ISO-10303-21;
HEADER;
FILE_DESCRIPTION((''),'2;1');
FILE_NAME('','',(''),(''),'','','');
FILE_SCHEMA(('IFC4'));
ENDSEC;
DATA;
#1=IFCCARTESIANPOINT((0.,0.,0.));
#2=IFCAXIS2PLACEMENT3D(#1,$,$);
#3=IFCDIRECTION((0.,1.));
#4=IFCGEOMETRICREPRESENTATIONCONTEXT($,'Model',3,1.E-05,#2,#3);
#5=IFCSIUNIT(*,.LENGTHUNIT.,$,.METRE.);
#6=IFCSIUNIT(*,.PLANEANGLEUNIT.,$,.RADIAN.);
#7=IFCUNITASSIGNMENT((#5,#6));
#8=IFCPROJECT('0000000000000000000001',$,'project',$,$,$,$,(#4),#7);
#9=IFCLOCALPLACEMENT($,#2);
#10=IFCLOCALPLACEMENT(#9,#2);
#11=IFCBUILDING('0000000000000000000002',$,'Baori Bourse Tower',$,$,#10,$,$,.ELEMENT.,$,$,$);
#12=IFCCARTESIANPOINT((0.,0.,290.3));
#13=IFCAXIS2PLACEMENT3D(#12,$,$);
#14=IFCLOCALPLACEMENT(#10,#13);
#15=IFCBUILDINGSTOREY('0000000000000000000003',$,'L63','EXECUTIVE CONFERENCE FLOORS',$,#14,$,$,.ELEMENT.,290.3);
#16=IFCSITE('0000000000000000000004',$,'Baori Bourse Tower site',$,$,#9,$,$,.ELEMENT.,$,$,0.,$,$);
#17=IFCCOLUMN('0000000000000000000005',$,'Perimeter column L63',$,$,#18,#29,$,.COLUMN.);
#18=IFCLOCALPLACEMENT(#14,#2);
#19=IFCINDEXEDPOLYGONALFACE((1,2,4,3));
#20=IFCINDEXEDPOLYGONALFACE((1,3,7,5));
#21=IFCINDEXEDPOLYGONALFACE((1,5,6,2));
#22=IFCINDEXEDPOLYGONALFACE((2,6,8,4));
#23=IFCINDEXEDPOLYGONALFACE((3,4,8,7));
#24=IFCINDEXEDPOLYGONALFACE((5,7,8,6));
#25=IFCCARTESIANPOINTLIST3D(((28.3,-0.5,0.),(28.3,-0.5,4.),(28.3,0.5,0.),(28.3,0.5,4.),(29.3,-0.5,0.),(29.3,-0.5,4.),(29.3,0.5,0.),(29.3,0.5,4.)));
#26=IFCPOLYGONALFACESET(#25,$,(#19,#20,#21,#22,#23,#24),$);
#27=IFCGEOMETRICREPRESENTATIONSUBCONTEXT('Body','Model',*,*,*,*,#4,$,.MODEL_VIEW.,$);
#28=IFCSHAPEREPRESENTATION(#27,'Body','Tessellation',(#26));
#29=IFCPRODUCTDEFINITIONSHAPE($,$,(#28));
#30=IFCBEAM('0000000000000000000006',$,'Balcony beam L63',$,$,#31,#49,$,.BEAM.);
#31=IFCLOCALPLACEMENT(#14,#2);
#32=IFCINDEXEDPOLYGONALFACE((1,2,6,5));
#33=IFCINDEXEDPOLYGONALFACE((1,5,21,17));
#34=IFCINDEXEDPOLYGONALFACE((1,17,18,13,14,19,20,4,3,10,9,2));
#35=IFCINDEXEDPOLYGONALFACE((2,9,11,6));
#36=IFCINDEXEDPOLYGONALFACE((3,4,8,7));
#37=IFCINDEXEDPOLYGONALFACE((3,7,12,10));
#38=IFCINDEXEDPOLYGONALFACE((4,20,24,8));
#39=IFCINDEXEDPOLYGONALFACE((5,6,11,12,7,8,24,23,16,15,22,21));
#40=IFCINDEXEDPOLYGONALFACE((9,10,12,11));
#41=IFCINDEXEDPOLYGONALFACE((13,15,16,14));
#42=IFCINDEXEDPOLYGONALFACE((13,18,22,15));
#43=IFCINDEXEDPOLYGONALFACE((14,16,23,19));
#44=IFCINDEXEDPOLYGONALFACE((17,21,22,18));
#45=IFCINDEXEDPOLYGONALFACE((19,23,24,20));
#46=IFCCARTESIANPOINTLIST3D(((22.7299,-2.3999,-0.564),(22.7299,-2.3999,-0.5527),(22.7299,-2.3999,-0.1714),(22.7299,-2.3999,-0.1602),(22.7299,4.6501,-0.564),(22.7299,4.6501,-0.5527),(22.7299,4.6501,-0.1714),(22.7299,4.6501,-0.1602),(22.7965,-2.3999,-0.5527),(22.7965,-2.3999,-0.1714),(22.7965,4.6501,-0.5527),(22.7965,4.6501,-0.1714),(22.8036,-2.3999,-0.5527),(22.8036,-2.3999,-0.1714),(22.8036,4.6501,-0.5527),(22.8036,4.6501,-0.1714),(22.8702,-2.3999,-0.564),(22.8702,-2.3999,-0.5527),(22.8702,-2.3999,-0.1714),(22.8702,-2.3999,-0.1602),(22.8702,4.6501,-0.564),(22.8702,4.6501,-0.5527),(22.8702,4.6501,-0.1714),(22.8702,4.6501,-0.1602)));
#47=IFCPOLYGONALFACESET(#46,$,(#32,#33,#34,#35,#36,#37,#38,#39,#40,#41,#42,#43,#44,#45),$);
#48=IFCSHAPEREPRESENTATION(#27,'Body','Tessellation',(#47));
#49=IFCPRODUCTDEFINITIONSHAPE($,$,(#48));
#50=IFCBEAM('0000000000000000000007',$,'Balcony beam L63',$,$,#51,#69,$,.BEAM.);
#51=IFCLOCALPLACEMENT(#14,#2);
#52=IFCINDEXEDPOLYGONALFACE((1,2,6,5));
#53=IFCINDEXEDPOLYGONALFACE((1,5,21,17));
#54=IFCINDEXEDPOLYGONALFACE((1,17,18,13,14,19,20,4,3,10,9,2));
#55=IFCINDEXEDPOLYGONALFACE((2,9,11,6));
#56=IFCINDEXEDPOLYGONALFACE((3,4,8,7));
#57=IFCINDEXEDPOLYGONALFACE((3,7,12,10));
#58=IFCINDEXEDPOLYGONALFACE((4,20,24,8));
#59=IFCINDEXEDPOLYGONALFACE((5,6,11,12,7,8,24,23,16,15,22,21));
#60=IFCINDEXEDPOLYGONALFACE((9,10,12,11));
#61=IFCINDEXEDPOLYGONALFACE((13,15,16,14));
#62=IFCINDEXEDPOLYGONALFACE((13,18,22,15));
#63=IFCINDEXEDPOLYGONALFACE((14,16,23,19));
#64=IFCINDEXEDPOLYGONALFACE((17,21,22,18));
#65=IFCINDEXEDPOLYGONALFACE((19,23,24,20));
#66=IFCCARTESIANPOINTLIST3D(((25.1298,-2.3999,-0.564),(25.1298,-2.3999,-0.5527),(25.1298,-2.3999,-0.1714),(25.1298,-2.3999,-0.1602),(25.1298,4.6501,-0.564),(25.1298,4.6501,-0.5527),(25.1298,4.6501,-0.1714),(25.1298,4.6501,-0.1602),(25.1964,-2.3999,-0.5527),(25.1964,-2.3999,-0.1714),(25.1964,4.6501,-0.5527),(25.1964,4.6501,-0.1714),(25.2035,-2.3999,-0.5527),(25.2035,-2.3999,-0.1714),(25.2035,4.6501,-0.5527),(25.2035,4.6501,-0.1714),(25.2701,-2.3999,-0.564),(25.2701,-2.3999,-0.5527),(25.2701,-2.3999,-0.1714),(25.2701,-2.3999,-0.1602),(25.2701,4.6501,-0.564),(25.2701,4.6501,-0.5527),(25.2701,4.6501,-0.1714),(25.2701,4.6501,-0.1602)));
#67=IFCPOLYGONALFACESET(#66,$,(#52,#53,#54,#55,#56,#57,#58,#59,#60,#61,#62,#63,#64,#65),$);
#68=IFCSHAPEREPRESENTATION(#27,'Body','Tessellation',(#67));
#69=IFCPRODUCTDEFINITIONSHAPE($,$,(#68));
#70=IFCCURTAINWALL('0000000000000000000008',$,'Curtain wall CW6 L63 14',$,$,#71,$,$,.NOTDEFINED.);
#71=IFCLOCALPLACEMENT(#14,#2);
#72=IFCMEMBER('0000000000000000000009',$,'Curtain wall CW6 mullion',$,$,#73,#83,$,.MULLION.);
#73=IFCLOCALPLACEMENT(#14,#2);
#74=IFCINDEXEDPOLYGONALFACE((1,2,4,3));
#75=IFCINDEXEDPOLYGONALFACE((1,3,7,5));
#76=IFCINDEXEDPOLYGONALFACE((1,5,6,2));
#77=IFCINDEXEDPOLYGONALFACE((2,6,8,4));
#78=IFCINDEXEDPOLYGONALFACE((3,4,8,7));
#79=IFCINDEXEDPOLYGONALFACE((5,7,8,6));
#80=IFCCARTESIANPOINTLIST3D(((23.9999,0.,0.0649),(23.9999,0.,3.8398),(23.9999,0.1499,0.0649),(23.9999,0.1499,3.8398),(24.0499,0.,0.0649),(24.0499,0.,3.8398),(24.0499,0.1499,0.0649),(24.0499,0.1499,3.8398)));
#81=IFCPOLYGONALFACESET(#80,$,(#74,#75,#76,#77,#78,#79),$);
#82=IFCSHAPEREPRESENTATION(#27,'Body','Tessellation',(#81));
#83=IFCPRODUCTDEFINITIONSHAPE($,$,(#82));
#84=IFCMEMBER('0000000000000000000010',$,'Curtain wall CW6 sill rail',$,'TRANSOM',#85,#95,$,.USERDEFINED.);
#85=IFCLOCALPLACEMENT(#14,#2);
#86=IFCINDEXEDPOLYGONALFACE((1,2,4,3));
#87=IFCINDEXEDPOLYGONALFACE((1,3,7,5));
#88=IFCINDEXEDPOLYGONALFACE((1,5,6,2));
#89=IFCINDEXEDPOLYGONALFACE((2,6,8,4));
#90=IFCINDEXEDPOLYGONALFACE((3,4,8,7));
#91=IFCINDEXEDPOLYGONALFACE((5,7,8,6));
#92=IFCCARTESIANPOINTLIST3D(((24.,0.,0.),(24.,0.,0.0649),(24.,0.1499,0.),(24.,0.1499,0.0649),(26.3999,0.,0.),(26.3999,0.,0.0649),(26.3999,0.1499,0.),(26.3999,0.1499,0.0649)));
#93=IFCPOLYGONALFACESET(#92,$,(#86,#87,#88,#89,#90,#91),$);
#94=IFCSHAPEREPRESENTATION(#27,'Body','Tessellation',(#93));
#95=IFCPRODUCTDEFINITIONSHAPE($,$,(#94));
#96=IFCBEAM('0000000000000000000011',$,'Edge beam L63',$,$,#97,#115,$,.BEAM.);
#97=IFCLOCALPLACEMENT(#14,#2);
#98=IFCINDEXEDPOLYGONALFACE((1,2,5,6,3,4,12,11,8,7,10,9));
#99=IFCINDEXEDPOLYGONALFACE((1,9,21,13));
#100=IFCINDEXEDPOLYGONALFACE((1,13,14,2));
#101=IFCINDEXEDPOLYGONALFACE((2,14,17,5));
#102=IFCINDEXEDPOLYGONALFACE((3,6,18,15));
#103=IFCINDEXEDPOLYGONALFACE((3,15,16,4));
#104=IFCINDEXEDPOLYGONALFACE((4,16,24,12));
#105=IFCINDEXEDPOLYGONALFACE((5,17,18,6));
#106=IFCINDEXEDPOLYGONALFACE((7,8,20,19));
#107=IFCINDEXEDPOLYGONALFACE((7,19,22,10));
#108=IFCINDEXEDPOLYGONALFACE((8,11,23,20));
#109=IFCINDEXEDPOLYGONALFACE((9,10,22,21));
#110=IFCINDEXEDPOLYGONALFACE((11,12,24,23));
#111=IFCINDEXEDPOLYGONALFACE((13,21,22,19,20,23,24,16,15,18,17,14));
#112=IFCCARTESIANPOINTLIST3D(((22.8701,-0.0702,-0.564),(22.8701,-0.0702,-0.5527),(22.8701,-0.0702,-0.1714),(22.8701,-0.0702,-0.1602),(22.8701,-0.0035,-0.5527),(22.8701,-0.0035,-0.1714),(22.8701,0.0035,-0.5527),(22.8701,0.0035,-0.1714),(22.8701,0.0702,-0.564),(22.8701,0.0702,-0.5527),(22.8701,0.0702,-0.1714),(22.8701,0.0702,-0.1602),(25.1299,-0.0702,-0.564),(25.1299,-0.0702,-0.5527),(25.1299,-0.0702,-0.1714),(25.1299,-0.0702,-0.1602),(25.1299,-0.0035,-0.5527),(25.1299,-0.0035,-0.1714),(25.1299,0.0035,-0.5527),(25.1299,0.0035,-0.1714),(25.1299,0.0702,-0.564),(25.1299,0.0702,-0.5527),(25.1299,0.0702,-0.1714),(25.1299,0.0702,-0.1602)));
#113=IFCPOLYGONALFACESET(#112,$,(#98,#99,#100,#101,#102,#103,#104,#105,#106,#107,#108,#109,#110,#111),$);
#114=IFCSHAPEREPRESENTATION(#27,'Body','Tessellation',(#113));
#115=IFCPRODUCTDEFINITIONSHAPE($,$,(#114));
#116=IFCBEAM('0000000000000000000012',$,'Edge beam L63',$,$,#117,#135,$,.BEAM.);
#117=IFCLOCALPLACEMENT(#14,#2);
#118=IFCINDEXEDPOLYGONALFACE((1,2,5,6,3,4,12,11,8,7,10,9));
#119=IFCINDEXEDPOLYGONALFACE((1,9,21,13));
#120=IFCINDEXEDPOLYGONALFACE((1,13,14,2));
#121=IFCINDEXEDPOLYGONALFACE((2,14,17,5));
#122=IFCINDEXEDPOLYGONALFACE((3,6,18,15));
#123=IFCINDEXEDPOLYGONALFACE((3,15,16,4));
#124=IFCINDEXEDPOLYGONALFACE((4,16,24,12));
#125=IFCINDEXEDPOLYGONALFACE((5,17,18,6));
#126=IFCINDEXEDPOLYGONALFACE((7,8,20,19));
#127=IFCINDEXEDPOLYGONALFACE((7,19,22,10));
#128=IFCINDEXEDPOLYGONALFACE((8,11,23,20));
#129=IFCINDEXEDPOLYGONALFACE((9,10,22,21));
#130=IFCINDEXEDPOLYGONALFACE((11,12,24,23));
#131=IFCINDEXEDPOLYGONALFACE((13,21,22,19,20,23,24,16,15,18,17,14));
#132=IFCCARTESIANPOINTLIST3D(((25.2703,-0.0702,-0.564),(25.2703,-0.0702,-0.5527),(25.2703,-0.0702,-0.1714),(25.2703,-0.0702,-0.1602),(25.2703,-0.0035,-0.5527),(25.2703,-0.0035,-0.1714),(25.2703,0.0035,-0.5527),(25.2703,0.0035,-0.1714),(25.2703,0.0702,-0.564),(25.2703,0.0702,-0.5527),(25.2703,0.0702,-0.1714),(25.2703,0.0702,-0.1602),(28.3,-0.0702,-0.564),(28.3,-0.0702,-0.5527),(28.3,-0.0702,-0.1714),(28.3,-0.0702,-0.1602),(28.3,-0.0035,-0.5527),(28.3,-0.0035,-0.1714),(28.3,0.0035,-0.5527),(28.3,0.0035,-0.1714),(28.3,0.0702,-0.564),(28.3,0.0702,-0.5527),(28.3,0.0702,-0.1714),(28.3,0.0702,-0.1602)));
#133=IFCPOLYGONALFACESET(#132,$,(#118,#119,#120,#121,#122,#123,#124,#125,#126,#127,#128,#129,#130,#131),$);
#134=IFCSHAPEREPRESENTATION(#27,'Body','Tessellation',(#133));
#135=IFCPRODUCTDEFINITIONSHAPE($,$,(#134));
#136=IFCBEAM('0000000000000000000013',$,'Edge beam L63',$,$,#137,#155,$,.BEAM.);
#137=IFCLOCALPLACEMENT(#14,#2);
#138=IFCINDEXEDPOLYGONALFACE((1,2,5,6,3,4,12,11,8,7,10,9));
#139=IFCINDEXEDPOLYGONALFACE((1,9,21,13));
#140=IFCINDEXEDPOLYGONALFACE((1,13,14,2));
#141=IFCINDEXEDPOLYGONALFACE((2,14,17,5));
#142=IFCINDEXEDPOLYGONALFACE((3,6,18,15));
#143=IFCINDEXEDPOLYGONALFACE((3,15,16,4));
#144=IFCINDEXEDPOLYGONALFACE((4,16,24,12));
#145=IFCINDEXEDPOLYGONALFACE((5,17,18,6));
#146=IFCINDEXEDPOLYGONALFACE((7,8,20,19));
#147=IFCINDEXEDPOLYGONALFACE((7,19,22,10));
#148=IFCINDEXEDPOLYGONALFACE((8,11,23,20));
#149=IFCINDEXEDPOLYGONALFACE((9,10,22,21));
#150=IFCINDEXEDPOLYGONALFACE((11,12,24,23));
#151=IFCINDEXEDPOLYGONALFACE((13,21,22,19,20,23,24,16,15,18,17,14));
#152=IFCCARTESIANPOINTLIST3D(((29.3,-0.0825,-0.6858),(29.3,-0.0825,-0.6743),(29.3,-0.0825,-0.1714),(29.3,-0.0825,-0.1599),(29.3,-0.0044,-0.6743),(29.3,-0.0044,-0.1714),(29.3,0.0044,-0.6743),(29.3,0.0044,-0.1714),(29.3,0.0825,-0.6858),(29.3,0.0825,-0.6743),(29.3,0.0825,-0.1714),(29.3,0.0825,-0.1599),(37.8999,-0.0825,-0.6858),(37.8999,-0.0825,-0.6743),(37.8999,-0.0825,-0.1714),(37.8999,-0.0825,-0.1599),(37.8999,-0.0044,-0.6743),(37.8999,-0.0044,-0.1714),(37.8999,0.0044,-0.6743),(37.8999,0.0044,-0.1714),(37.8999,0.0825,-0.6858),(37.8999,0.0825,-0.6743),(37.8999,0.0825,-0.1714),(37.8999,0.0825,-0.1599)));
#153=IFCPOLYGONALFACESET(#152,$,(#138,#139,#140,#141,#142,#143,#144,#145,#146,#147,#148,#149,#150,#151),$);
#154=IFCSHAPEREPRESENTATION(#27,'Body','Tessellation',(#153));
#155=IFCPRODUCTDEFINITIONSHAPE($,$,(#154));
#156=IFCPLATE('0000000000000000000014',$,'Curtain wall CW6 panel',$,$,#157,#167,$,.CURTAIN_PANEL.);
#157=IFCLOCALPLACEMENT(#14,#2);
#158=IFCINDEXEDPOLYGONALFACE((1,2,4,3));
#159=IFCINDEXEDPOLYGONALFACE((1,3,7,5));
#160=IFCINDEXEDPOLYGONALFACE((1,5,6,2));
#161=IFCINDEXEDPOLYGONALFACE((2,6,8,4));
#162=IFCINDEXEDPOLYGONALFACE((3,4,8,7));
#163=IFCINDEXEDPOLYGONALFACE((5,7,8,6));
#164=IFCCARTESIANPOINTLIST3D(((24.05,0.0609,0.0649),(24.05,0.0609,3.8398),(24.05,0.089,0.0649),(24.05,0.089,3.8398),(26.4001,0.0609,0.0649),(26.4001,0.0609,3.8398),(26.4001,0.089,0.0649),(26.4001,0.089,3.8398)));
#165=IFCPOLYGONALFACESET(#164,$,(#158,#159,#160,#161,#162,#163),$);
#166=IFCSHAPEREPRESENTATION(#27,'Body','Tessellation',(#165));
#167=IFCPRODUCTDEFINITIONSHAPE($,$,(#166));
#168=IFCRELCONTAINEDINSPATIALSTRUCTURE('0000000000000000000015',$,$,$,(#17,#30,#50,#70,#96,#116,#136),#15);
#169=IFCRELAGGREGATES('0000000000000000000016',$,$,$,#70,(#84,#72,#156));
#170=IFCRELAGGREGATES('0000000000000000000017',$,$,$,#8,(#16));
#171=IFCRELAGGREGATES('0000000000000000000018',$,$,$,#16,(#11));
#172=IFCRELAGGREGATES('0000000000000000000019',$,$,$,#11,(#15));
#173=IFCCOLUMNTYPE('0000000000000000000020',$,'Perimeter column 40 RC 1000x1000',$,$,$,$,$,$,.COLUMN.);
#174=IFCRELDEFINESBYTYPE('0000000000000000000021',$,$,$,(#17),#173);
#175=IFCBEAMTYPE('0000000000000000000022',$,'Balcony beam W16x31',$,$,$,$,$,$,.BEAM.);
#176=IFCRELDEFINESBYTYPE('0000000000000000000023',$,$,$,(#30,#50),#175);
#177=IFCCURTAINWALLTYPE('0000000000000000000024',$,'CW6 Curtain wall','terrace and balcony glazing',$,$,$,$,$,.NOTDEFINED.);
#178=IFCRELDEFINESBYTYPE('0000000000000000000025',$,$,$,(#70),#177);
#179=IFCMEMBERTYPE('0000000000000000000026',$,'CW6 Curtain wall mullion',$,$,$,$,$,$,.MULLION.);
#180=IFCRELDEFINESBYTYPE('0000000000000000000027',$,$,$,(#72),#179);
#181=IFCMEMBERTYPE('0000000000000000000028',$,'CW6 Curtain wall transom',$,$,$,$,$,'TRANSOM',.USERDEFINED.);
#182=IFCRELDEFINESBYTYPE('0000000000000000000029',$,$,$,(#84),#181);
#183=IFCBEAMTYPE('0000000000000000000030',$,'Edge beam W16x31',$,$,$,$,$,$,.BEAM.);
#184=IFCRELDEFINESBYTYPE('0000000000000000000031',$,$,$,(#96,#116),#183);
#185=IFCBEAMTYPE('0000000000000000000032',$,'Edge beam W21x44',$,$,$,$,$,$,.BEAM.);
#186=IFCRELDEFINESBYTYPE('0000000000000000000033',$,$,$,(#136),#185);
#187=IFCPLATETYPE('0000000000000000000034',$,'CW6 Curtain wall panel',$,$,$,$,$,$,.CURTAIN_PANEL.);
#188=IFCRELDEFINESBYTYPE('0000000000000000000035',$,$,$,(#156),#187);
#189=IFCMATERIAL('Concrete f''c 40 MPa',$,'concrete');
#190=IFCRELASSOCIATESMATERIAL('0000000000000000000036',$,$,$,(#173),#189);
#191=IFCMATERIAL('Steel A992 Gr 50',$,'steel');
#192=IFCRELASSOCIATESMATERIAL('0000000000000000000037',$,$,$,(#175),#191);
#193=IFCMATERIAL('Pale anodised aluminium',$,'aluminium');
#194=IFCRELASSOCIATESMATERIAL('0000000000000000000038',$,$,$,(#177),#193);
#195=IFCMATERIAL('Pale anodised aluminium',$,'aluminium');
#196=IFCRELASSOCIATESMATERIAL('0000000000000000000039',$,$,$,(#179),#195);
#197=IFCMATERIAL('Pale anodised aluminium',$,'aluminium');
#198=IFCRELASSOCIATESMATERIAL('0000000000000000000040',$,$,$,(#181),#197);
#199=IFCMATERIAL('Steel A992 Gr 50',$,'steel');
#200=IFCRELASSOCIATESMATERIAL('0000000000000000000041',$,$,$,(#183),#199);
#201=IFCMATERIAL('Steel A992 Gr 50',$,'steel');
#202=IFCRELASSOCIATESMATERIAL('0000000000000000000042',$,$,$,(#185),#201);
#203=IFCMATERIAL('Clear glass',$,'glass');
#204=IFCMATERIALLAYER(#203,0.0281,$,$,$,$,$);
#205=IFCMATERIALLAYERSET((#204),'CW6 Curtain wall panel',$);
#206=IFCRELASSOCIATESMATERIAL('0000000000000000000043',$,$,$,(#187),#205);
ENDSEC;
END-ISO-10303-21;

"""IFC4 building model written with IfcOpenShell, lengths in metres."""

from ifc_helpers import new_model, si_unit, direction, frame, origin, origin_2d, place, context, subcontext, project, spatial, rectangle, i_section, extrude, material, layer, layer_set, material_profile, profile_set, type_object, element, aggregate, save


model = new_model("IFC4")

# Units and contexts
model_context = context("Model", 3, precision=1e-05, world=origin(), true_north=direction((0.0, 1.0)))
body_context = subcontext(model_context, "Body", "Model", "MODEL_VIEW")
ifc_project = project(units=[si_unit("LENGTHUNIT", "METRE"), si_unit("PLANEANGLEUNIT", "RADIAN")], contexts=[model_context])

# Site, building, storey
site_placement = place(None, origin())
site = spatial("IfcSite", under=ifc_project, at=site_placement, Name="Baori Bourse Tower site", CompositionType="ELEMENT", RefElevation=0.0)
building_placement = place(site_placement, origin())
building = spatial("IfcBuilding", under=site, at=building_placement, Name="Baori Bourse Tower", CompositionType="ELEMENT")
storey_placement = place(building_placement, frame((0.0, 0.0, 290.3)))
storey = spatial("IfcBuildingStorey", under=building, at=storey_placement, Name="L63", Description="EXECUTIVE CONFERENCE FLOORS", CompositionType="ELEMENT", Elevation=290.3)

# Column
ifc_material_1 = material(Name="Concrete f'c 40 MPa", Category="concrete")
ifc_material_profile_1 = material_profile(ifc_material_1, rectangle(XDim=1.0, YDim=1.0, at=origin_2d()), Name="RC 1000x1000")
ifc_profile_set_1 = profile_set([ifc_material_profile_1], Name="Concrete f'c 40 MPa")
column_type = type_object("IfcColumnType", Name="Perimeter column 40 RC 1000x1000", PredefinedType="COLUMN", material=ifc_profile_set_1)
column_placement = place(storey_placement, frame((28.8, 0.0, 0.0), z_axis=(0.0, 0.0, 1.0), x_axis=(1.0, 0.0, 0.0)))
element("IfcColumn", 1, at=column_placement, inside=storey, type_object=column_type, Name="Perimeter column L63", PredefinedType="COLUMN", context=body_context, shape_type="SweptSolid", body=[
    extrude(rectangle(XDim=1.0, YDim=1.0, at=origin_2d()), origin(), (0.0, 0.0, 1.0), 4.0),
])

# Beams
ifc_material_2 = material(Name="Steel A992 Gr 50", Category="steel")
ifc_material_profile_2 = material_profile(ifc_material_2, i_section(OverallWidth=0.1404, OverallDepth=0.4038, WebThickness=0.0071, FlangeThickness=0.0112, at=origin_2d()), Name="W16x31")
ifc_profile_set_2 = profile_set([ifc_material_profile_2], Name="Steel A992 Gr 50")
beam_type_1 = type_object("IfcBeamType", Name="Balcony beam W16x31", PredefinedType="BEAM", material=ifc_profile_set_2)
for number, where, z_axis, x_axis, name in (
    (2, (22.8, -2.3999, -0.3621), (0.0, 1.0, 0.0), (-1.0, 0.0, 0.0), "Balcony beam L63"),
    (3, (25.2, -2.3999, -0.3621), (0.0, 1.0, 0.0), (-1.0, 0.0, 0.0), "Balcony beam L63"),
):
    element("IfcBeam", number, at=place(storey_placement, frame(where, z_axis=z_axis, x_axis=x_axis)), inside=storey, type_object=beam_type_1, Name=name, PredefinedType="BEAM", context=body_context, shape_type="SweptSolid", body=[
        extrude(i_section(OverallWidth=0.1404, OverallDepth=0.4038, WebThickness=0.0071, FlangeThickness=0.0112, at=origin_2d()), origin(), (0.0, 0.0, 1.0), 7.05),
    ])

# Curtain wall, members
ifc_material_3 = material(Name="Pale anodised aluminium", Category="aluminium")
curtain_wall_type = type_object("IfcCurtainWallType", Name="CW6 Curtain wall", Description="terrace and balcony glazing", PredefinedType="NOTDEFINED", material=ifc_material_3)
curtain_wall_placement = place(storey_placement, origin())
curtain_wall = element("IfcCurtainWall", 4, at=curtain_wall_placement, inside=storey, type_object=curtain_wall_type, Name="Curtain wall CW6 L63 14", PredefinedType="NOTDEFINED")
ifc_material_4 = material(Name="Pale anodised aluminium", Category="aluminium")
ifc_material_profile_3 = material_profile(ifc_material_4, rectangle(XDim=0.1499, YDim=0.05, at=origin_2d()), Name="Mullion 50x150")
ifc_profile_set_3 = profile_set([ifc_material_profile_3], Name="Pale anodised aluminium")
member_type_1 = type_object("IfcMemberType", Name="CW6 Curtain wall mullion", PredefinedType="MULLION", material=ifc_profile_set_3)
member_1_placement = place(storey_placement, frame((24.0249, 0.075, 0.0649), z_axis=(0.0, 0.0, 1.0), x_axis=(0.0, 1.0, 0.0)))
member_1 = element("IfcMember", 5, at=member_1_placement, type_object=member_type_1, Name="Curtain wall CW6 mullion", PredefinedType="MULLION", context=body_context, shape_type="SweptSolid", body=[
    extrude(rectangle(XDim=0.1499, YDim=0.05, at=origin_2d()), origin(), (0.0, 0.0, 1.0), 3.7749),
])
ifc_material_5 = material(Name="Pale anodised aluminium", Category="aluminium")
ifc_material_profile_4 = material_profile(ifc_material_5, rectangle(XDim=0.1499, YDim=0.0649, at=origin_2d()), Name="Transom 65x150")
ifc_profile_set_4 = profile_set([ifc_material_profile_4], Name="Pale anodised aluminium")
member_type_2 = type_object("IfcMemberType", Name="CW6 Curtain wall transom", ElementType="TRANSOM", PredefinedType="USERDEFINED", material=ifc_profile_set_4)
member_2_placement = place(storey_placement, frame((24.0, 0.075, 0.0325), z_axis=(1.0, 0.0, 0.0), x_axis=(0.0, 1.0, 0.0)))
member_2 = element("IfcMember", 6, at=member_2_placement, type_object=member_type_2, Name="Curtain wall CW6 sill rail", ObjectType="TRANSOM", PredefinedType="USERDEFINED", context=body_context, shape_type="SweptSolid", body=[
    extrude(rectangle(XDim=0.1499, YDim=0.0649, at=origin_2d()), origin(), (0.0, 0.0, 1.0), 2.3999),
])

# Beams
ifc_material_6 = material(Name="Steel A992 Gr 50", Category="steel")
ifc_material_profile_5 = material_profile(ifc_material_6, i_section(OverallWidth=0.1404, OverallDepth=0.4038, WebThickness=0.0071, FlangeThickness=0.0112, at=origin_2d()), Name="W16x31")
ifc_profile_set_5 = profile_set([ifc_material_profile_5], Name="Steel A992 Gr 50")
beam_type_2 = type_object("IfcBeamType", Name="Edge beam W16x31", PredefinedType="BEAM", material=ifc_profile_set_5)
beam_1_placement = place(storey_placement, frame((22.8701, 0.0, -0.3621), z_axis=(1.0, 0.0, 0.0), x_axis=(0.0, 1.0, 0.0)))
element("IfcBeam", 7, at=beam_1_placement, inside=storey, type_object=beam_type_2, Name="Edge beam L63", PredefinedType="BEAM", context=body_context, shape_type="SweptSolid", body=[
    extrude(i_section(OverallWidth=0.1404, OverallDepth=0.4038, WebThickness=0.0071, FlangeThickness=0.0112, at=origin_2d()), origin(), (0.0, 0.0, 1.0), 2.2598),
])
beam_2_placement = place(storey_placement, frame((25.2703, 0.0, -0.3621), z_axis=(1.0, 0.0, 0.0), x_axis=(0.0, 1.0, 0.0)))
element("IfcBeam", 8, at=beam_2_placement, inside=storey, type_object=beam_type_2, Name="Edge beam L63", PredefinedType="BEAM", context=body_context, shape_type="SweptSolid", body=[
    extrude(i_section(OverallWidth=0.1404, OverallDepth=0.4038, WebThickness=0.0071, FlangeThickness=0.0112, at=origin_2d()), origin(), (0.0, 0.0, 1.0), 3.0298),
])
ifc_material_7 = material(Name="Steel A992 Gr 50", Category="steel")
ifc_material_profile_6 = material_profile(ifc_material_7, i_section(OverallWidth=0.165, OverallDepth=0.5259, WebThickness=0.0088, FlangeThickness=0.0115, at=origin_2d()), Name="W21x44")
ifc_profile_set_6 = profile_set([ifc_material_profile_6], Name="Steel A992 Gr 50")
beam_type_3 = type_object("IfcBeamType", Name="Edge beam W21x44", PredefinedType="BEAM", material=ifc_profile_set_6)
beam_3_placement = place(storey_placement, frame((29.3, 0.0, -0.4229), z_axis=(1.0, 0.0, 0.0), x_axis=(0.0, 1.0, 0.0)))
element("IfcBeam", 9, at=beam_3_placement, inside=storey, type_object=beam_type_3, Name="Edge beam L63", PredefinedType="BEAM", context=body_context, shape_type="SweptSolid", body=[
    extrude(i_section(OverallWidth=0.165, OverallDepth=0.5259, WebThickness=0.0088, FlangeThickness=0.0115, at=origin_2d()), origin(), (0.0, 0.0, 1.0), 8.5999),
])

# Plate
ifc_material_8 = material(Name="Clear glass", Category="glass")
ifc_layer_1 = layer(ifc_material_8, 0.0281)
ifc_layer_set_1 = layer_set([ifc_layer_1], Name="CW6 Curtain wall panel")
plate_type = type_object("IfcPlateType", Name="CW6 Curtain wall panel", PredefinedType="CURTAIN_PANEL", material=ifc_layer_set_1)
plate_placement = place(storey_placement, frame((25.2251, 0.075, 0.0649), z_axis=(0.0, 0.0, 1.0), x_axis=(1.0, 0.0, 0.0)))
plate = element("IfcPlate", 10, at=plate_placement, type_object=plate_type, Name="Curtain wall CW6 panel", PredefinedType="CURTAIN_PANEL", context=body_context, shape_type="SweptSolid", body=[
    extrude(rectangle(XDim=2.3501, YDim=0.0281, at=origin_2d()), origin(), (0.0, 0.0, 1.0), 3.7749),
])
aggregate(curtain_wall, [member_2, member_1, plate])

save(model, "model.ifc")
